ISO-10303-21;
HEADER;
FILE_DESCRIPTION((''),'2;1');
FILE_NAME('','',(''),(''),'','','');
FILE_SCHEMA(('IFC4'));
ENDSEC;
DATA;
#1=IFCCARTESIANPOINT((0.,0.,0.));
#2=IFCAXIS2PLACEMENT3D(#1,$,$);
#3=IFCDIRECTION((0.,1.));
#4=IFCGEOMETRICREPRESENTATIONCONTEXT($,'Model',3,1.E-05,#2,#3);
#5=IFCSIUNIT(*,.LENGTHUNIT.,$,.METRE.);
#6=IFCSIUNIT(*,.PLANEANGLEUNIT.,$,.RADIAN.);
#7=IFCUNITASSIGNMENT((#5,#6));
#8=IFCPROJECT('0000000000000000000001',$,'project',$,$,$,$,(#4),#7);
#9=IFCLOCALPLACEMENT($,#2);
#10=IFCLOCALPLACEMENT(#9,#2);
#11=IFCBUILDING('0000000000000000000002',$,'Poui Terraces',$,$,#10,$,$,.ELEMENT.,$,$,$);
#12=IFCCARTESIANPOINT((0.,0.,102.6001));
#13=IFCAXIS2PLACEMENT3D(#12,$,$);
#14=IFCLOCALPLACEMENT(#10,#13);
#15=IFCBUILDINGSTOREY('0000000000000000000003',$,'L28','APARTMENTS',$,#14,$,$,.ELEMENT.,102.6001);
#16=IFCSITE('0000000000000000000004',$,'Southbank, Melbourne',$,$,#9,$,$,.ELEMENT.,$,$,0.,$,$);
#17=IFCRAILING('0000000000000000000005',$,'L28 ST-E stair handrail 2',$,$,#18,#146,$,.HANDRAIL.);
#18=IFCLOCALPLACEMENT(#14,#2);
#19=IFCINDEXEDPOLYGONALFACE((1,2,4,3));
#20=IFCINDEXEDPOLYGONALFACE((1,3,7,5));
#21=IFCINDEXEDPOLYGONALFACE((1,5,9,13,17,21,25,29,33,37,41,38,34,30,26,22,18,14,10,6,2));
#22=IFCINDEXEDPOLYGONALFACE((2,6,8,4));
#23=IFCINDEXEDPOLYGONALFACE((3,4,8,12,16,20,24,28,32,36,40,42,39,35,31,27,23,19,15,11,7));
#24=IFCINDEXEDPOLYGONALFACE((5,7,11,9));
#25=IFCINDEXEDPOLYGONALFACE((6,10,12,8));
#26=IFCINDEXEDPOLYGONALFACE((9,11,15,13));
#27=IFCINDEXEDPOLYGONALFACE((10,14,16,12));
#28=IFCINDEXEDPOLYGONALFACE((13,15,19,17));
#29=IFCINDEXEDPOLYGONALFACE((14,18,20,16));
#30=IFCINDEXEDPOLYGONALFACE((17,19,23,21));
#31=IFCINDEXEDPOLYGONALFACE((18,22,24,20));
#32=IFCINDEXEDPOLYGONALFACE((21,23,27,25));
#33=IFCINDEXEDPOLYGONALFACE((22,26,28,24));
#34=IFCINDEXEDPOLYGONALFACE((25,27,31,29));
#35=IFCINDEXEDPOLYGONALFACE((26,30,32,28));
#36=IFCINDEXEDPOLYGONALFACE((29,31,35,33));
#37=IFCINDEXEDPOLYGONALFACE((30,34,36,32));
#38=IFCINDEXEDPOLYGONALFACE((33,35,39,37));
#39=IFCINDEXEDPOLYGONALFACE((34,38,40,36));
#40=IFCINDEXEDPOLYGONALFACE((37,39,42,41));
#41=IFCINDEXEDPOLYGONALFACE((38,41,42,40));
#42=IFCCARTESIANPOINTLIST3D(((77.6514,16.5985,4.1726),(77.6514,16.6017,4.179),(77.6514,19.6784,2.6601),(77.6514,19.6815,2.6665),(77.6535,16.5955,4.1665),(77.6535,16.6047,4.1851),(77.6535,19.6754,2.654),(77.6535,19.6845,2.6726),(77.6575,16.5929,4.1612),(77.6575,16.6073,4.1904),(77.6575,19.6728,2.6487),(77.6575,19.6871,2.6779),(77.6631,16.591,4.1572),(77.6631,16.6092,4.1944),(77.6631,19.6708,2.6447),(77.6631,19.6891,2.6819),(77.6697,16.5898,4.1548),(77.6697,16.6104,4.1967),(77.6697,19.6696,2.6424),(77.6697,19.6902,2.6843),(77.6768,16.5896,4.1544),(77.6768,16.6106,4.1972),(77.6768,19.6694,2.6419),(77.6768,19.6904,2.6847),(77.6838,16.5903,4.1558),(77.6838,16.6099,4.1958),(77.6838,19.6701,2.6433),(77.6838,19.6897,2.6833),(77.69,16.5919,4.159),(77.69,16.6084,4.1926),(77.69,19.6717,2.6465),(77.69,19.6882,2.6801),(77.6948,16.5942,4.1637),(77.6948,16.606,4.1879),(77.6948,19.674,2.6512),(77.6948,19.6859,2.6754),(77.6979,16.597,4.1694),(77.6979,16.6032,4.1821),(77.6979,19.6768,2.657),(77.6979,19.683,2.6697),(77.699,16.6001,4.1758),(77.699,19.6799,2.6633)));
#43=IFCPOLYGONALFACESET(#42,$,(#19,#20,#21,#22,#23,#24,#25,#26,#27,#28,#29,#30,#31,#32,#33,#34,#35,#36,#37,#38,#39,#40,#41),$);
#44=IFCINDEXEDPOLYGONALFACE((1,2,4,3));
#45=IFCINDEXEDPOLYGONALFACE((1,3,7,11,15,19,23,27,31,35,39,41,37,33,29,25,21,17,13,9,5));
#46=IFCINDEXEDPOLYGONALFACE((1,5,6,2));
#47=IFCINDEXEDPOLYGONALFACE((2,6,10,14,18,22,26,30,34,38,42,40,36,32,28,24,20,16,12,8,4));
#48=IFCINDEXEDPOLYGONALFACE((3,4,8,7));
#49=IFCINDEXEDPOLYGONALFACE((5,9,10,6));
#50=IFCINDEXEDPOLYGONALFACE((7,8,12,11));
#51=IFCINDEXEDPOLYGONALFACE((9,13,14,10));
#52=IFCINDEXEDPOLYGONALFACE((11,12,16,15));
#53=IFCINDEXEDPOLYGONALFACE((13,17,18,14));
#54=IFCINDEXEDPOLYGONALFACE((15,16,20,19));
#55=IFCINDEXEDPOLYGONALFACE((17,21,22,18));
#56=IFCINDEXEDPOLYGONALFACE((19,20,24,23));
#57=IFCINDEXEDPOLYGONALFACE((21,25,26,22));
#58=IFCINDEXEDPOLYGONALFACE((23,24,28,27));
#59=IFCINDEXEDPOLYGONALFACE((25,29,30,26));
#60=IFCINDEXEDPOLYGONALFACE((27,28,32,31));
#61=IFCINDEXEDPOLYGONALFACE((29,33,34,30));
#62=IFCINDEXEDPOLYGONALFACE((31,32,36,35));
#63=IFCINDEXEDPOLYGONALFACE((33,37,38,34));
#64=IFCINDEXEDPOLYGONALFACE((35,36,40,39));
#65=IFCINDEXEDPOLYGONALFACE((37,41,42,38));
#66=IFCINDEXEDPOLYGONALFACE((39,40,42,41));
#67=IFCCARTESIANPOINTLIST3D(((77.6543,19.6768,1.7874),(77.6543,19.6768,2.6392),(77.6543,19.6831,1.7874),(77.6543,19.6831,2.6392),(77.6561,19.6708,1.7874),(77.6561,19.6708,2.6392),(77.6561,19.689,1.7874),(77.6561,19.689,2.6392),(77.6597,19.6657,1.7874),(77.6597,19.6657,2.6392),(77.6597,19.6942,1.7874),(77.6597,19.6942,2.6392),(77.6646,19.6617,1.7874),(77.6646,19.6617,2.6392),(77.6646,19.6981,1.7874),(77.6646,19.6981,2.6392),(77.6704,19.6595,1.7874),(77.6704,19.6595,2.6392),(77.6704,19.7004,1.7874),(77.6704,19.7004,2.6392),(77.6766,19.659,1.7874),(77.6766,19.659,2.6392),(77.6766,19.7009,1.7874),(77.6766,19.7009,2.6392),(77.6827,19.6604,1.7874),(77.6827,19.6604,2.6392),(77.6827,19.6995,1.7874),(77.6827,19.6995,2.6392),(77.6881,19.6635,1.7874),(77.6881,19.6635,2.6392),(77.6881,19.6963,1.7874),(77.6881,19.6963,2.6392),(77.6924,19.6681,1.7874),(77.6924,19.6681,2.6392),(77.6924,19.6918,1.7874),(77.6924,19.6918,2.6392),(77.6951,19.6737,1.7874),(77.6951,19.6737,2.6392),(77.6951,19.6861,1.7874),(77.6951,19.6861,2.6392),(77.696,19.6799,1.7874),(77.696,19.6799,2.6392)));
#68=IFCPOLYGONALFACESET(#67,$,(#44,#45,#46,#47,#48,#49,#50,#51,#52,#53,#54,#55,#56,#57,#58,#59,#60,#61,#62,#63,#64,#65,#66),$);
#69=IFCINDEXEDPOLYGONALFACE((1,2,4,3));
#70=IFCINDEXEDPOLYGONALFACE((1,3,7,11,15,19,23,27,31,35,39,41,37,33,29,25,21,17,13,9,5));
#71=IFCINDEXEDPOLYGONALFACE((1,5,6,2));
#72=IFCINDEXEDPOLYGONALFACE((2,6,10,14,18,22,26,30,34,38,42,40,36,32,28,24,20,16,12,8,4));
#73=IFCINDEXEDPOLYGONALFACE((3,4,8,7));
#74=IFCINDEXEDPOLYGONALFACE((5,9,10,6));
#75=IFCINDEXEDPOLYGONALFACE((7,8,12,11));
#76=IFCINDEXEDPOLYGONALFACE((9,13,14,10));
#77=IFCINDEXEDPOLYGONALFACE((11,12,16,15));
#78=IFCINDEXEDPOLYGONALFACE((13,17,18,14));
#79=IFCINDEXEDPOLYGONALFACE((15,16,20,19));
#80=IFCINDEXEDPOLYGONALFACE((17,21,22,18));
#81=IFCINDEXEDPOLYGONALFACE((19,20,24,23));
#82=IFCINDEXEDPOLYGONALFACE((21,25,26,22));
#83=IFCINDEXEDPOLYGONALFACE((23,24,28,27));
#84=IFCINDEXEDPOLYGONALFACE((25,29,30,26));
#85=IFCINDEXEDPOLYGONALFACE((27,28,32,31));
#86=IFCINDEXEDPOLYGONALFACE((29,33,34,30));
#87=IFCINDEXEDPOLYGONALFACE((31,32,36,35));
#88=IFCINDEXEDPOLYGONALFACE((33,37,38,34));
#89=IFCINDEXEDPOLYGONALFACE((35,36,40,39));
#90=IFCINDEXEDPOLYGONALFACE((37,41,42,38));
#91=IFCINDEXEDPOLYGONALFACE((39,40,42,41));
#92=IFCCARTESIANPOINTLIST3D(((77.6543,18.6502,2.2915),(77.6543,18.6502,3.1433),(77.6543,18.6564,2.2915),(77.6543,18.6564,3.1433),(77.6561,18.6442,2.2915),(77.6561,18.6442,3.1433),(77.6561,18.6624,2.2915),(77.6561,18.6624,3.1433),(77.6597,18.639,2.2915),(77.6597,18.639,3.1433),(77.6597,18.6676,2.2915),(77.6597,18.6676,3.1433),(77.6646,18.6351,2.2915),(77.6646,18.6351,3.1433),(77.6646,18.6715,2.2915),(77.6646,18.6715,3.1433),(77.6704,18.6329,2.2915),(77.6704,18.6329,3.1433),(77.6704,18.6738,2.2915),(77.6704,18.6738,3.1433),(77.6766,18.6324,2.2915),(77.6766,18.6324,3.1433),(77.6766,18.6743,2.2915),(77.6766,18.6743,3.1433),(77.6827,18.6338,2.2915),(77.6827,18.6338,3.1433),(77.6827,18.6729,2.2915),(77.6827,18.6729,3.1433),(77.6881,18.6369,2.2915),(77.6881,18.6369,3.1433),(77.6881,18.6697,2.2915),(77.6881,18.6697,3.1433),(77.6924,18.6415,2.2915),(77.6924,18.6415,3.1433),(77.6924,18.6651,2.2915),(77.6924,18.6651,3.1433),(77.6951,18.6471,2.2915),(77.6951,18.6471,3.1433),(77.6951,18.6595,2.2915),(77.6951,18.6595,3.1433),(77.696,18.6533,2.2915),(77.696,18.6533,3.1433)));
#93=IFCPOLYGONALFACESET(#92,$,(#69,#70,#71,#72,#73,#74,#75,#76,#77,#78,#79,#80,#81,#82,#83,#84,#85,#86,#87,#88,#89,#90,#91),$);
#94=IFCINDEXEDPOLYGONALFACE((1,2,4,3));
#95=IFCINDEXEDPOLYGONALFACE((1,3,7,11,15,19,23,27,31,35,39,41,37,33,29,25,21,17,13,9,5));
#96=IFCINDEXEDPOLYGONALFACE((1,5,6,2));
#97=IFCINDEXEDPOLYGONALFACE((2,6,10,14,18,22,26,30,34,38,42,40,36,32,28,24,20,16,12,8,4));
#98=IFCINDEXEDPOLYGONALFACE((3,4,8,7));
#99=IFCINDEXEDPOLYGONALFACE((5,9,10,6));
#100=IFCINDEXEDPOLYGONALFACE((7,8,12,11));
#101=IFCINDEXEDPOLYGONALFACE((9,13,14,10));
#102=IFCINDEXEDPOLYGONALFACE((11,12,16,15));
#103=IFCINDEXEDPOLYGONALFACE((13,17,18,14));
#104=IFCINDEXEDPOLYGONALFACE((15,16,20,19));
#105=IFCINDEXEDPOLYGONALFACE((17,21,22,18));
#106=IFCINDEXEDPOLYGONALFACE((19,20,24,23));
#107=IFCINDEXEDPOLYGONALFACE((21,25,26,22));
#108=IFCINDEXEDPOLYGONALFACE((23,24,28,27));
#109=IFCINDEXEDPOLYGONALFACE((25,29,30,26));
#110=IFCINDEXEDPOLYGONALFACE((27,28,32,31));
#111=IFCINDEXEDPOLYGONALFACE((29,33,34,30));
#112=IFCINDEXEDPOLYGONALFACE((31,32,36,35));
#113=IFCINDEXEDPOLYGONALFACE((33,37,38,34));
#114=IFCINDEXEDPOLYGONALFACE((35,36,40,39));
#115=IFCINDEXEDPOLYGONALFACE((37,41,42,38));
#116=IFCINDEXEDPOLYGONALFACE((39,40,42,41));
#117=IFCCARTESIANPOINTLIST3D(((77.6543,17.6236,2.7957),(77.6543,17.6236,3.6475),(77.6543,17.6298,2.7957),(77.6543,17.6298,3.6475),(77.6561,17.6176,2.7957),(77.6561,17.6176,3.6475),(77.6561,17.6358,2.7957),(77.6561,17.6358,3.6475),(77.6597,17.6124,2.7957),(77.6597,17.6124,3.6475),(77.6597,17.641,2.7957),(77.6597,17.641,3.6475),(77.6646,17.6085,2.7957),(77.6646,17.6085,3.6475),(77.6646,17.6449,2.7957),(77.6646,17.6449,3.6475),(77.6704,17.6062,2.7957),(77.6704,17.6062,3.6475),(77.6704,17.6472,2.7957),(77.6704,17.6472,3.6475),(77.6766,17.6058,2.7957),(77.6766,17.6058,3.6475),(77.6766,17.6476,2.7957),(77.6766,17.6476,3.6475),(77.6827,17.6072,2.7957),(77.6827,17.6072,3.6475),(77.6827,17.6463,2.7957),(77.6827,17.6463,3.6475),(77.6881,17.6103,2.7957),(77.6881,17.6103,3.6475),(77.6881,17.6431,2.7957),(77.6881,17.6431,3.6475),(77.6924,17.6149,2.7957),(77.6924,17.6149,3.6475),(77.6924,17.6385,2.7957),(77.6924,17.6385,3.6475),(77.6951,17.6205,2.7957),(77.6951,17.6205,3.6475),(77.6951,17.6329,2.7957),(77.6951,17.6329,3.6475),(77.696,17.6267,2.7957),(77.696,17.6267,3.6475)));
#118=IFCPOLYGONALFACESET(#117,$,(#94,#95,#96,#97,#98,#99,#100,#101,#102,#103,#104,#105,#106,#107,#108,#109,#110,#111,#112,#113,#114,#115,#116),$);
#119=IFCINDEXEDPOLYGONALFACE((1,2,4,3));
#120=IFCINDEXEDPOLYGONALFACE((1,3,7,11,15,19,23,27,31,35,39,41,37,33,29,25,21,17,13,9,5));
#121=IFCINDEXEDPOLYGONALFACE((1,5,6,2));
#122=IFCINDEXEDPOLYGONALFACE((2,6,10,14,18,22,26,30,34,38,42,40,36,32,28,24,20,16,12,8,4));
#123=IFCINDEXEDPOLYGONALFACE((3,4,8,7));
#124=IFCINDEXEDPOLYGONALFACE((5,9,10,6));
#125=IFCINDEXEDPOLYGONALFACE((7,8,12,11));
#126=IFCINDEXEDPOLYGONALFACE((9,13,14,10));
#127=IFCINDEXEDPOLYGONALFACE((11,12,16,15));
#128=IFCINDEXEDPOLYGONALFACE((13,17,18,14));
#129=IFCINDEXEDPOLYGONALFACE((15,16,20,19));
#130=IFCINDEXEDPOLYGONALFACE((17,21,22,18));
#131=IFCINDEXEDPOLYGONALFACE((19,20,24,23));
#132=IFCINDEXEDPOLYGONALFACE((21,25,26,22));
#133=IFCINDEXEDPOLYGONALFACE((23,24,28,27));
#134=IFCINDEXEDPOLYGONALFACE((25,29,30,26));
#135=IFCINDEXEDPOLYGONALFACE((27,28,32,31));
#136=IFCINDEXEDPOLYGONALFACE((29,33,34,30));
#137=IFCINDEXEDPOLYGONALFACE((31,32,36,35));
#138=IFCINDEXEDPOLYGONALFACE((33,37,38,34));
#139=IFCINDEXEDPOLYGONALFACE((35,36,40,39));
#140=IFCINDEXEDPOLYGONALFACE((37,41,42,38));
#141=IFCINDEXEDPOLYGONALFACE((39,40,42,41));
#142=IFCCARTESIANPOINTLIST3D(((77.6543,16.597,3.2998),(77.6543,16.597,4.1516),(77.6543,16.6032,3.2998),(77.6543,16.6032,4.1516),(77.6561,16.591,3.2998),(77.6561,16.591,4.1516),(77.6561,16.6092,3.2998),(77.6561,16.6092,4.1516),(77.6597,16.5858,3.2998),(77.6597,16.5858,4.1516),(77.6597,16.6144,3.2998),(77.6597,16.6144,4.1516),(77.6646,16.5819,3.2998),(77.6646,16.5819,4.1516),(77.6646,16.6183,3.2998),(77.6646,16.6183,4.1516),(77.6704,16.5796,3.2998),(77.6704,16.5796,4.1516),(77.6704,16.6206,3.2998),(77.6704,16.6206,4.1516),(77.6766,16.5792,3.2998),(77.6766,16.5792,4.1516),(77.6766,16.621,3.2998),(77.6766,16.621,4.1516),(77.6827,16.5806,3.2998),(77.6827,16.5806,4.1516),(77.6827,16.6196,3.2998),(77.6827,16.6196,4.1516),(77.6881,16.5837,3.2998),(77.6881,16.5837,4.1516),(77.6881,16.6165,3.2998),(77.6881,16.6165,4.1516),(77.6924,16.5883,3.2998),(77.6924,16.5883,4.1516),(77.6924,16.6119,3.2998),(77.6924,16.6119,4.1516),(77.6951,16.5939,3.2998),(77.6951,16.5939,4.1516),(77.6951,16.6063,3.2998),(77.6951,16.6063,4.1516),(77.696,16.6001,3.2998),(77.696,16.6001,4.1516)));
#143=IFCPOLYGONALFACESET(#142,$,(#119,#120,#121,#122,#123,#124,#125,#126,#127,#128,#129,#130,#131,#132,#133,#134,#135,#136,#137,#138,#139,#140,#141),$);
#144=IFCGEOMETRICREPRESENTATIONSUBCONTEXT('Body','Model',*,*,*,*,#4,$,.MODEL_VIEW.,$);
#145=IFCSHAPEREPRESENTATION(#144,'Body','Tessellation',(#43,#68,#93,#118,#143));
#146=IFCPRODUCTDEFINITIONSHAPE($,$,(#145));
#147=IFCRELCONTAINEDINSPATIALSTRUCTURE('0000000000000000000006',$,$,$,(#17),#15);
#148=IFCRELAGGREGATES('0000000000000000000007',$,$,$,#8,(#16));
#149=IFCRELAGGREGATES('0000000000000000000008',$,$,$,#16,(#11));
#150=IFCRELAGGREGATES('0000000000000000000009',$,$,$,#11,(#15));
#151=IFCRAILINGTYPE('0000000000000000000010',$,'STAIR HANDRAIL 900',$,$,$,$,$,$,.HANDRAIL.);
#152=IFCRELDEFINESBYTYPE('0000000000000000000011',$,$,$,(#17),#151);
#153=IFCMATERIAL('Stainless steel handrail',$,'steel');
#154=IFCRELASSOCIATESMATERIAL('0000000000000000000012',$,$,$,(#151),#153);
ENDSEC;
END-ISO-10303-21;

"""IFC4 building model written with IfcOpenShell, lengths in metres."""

from ifc_helpers import new_model, si_unit, direction, frame, origin, origin_2d, place, context, subcontext, project, spatial, circle, extrude, material, type_object, element, save


model = new_model("IFC4")

# Units and contexts
model_context = context("Model", 3, precision=1e-05, world=origin(), true_north=direction((0.0, 1.0)))
body_context = subcontext(model_context, "Body", "Model", "MODEL_VIEW")
ifc_project = project(units=[si_unit("LENGTHUNIT", "METRE"), si_unit("PLANEANGLEUNIT", "RADIAN")], contexts=[model_context])

# Site, building, storey
site_placement = place(None, origin())
site = spatial("IfcSite", under=ifc_project, at=site_placement, Name="Southbank, Melbourne", CompositionType="ELEMENT", RefElevation=0.0)
building_placement = place(site_placement, origin())
building = spatial("IfcBuilding", under=site, at=building_placement, Name="Poui Terraces", CompositionType="ELEMENT")
storey_placement = place(building_placement, frame((0.0, 0.0, 102.6001)))
storey = spatial("IfcBuildingStorey", under=building, at=storey_placement, Name="L28", Description="APARTMENTS", CompositionType="ELEMENT", Elevation=102.6001)

# Railing
ifc_material_1 = material(Name="Stainless steel handrail", Category="steel")
railing_type_1 = type_object("IfcRailingType", Name="STAIR HANDRAIL 900", PredefinedType="HANDRAIL", material=ifc_material_1)
railing_1_placement = place(storey_placement, frame((77.675, 19.6799, 1.7874)))
element("IfcRailing", 1, at=railing_1_placement, inside=storey, type_object=railing_type_1, Name="L28 ST-E stair handrail 2", PredefinedType="HANDRAIL", context=body_context, shape_type="SweptSolid", body=[
    extrude(circle(Radius=0.0239, at=origin_2d()), frame((0.0, 0.0, 0.876), z_axis=(0.0, -0.897606, 0.440798), x_axis=(1.0, 0.0, 0.0)), (0.0, 0.0, 1.0), 3.4312),
    extrude(circle(Radius=0.021, at=origin_2d()), origin(), (0.0, 0.0, 1.0), 0.8518),
    extrude(circle(Radius=0.021, at=origin_2d()), frame((0.0, -1.0266, 0.5042)), (0.0, 0.0, 1.0), 0.8518),
    extrude(circle(Radius=0.021, at=origin_2d()), frame((0.0, -2.0532, 1.0083)), (0.0, 0.0, 1.0), 0.8518),
    extrude(circle(Radius=0.021, at=origin_2d()), frame((0.0, -3.0798, 1.5125)), (0.0, 0.0, 1.0), 0.8518),
])

save(model, "model.ifc")
